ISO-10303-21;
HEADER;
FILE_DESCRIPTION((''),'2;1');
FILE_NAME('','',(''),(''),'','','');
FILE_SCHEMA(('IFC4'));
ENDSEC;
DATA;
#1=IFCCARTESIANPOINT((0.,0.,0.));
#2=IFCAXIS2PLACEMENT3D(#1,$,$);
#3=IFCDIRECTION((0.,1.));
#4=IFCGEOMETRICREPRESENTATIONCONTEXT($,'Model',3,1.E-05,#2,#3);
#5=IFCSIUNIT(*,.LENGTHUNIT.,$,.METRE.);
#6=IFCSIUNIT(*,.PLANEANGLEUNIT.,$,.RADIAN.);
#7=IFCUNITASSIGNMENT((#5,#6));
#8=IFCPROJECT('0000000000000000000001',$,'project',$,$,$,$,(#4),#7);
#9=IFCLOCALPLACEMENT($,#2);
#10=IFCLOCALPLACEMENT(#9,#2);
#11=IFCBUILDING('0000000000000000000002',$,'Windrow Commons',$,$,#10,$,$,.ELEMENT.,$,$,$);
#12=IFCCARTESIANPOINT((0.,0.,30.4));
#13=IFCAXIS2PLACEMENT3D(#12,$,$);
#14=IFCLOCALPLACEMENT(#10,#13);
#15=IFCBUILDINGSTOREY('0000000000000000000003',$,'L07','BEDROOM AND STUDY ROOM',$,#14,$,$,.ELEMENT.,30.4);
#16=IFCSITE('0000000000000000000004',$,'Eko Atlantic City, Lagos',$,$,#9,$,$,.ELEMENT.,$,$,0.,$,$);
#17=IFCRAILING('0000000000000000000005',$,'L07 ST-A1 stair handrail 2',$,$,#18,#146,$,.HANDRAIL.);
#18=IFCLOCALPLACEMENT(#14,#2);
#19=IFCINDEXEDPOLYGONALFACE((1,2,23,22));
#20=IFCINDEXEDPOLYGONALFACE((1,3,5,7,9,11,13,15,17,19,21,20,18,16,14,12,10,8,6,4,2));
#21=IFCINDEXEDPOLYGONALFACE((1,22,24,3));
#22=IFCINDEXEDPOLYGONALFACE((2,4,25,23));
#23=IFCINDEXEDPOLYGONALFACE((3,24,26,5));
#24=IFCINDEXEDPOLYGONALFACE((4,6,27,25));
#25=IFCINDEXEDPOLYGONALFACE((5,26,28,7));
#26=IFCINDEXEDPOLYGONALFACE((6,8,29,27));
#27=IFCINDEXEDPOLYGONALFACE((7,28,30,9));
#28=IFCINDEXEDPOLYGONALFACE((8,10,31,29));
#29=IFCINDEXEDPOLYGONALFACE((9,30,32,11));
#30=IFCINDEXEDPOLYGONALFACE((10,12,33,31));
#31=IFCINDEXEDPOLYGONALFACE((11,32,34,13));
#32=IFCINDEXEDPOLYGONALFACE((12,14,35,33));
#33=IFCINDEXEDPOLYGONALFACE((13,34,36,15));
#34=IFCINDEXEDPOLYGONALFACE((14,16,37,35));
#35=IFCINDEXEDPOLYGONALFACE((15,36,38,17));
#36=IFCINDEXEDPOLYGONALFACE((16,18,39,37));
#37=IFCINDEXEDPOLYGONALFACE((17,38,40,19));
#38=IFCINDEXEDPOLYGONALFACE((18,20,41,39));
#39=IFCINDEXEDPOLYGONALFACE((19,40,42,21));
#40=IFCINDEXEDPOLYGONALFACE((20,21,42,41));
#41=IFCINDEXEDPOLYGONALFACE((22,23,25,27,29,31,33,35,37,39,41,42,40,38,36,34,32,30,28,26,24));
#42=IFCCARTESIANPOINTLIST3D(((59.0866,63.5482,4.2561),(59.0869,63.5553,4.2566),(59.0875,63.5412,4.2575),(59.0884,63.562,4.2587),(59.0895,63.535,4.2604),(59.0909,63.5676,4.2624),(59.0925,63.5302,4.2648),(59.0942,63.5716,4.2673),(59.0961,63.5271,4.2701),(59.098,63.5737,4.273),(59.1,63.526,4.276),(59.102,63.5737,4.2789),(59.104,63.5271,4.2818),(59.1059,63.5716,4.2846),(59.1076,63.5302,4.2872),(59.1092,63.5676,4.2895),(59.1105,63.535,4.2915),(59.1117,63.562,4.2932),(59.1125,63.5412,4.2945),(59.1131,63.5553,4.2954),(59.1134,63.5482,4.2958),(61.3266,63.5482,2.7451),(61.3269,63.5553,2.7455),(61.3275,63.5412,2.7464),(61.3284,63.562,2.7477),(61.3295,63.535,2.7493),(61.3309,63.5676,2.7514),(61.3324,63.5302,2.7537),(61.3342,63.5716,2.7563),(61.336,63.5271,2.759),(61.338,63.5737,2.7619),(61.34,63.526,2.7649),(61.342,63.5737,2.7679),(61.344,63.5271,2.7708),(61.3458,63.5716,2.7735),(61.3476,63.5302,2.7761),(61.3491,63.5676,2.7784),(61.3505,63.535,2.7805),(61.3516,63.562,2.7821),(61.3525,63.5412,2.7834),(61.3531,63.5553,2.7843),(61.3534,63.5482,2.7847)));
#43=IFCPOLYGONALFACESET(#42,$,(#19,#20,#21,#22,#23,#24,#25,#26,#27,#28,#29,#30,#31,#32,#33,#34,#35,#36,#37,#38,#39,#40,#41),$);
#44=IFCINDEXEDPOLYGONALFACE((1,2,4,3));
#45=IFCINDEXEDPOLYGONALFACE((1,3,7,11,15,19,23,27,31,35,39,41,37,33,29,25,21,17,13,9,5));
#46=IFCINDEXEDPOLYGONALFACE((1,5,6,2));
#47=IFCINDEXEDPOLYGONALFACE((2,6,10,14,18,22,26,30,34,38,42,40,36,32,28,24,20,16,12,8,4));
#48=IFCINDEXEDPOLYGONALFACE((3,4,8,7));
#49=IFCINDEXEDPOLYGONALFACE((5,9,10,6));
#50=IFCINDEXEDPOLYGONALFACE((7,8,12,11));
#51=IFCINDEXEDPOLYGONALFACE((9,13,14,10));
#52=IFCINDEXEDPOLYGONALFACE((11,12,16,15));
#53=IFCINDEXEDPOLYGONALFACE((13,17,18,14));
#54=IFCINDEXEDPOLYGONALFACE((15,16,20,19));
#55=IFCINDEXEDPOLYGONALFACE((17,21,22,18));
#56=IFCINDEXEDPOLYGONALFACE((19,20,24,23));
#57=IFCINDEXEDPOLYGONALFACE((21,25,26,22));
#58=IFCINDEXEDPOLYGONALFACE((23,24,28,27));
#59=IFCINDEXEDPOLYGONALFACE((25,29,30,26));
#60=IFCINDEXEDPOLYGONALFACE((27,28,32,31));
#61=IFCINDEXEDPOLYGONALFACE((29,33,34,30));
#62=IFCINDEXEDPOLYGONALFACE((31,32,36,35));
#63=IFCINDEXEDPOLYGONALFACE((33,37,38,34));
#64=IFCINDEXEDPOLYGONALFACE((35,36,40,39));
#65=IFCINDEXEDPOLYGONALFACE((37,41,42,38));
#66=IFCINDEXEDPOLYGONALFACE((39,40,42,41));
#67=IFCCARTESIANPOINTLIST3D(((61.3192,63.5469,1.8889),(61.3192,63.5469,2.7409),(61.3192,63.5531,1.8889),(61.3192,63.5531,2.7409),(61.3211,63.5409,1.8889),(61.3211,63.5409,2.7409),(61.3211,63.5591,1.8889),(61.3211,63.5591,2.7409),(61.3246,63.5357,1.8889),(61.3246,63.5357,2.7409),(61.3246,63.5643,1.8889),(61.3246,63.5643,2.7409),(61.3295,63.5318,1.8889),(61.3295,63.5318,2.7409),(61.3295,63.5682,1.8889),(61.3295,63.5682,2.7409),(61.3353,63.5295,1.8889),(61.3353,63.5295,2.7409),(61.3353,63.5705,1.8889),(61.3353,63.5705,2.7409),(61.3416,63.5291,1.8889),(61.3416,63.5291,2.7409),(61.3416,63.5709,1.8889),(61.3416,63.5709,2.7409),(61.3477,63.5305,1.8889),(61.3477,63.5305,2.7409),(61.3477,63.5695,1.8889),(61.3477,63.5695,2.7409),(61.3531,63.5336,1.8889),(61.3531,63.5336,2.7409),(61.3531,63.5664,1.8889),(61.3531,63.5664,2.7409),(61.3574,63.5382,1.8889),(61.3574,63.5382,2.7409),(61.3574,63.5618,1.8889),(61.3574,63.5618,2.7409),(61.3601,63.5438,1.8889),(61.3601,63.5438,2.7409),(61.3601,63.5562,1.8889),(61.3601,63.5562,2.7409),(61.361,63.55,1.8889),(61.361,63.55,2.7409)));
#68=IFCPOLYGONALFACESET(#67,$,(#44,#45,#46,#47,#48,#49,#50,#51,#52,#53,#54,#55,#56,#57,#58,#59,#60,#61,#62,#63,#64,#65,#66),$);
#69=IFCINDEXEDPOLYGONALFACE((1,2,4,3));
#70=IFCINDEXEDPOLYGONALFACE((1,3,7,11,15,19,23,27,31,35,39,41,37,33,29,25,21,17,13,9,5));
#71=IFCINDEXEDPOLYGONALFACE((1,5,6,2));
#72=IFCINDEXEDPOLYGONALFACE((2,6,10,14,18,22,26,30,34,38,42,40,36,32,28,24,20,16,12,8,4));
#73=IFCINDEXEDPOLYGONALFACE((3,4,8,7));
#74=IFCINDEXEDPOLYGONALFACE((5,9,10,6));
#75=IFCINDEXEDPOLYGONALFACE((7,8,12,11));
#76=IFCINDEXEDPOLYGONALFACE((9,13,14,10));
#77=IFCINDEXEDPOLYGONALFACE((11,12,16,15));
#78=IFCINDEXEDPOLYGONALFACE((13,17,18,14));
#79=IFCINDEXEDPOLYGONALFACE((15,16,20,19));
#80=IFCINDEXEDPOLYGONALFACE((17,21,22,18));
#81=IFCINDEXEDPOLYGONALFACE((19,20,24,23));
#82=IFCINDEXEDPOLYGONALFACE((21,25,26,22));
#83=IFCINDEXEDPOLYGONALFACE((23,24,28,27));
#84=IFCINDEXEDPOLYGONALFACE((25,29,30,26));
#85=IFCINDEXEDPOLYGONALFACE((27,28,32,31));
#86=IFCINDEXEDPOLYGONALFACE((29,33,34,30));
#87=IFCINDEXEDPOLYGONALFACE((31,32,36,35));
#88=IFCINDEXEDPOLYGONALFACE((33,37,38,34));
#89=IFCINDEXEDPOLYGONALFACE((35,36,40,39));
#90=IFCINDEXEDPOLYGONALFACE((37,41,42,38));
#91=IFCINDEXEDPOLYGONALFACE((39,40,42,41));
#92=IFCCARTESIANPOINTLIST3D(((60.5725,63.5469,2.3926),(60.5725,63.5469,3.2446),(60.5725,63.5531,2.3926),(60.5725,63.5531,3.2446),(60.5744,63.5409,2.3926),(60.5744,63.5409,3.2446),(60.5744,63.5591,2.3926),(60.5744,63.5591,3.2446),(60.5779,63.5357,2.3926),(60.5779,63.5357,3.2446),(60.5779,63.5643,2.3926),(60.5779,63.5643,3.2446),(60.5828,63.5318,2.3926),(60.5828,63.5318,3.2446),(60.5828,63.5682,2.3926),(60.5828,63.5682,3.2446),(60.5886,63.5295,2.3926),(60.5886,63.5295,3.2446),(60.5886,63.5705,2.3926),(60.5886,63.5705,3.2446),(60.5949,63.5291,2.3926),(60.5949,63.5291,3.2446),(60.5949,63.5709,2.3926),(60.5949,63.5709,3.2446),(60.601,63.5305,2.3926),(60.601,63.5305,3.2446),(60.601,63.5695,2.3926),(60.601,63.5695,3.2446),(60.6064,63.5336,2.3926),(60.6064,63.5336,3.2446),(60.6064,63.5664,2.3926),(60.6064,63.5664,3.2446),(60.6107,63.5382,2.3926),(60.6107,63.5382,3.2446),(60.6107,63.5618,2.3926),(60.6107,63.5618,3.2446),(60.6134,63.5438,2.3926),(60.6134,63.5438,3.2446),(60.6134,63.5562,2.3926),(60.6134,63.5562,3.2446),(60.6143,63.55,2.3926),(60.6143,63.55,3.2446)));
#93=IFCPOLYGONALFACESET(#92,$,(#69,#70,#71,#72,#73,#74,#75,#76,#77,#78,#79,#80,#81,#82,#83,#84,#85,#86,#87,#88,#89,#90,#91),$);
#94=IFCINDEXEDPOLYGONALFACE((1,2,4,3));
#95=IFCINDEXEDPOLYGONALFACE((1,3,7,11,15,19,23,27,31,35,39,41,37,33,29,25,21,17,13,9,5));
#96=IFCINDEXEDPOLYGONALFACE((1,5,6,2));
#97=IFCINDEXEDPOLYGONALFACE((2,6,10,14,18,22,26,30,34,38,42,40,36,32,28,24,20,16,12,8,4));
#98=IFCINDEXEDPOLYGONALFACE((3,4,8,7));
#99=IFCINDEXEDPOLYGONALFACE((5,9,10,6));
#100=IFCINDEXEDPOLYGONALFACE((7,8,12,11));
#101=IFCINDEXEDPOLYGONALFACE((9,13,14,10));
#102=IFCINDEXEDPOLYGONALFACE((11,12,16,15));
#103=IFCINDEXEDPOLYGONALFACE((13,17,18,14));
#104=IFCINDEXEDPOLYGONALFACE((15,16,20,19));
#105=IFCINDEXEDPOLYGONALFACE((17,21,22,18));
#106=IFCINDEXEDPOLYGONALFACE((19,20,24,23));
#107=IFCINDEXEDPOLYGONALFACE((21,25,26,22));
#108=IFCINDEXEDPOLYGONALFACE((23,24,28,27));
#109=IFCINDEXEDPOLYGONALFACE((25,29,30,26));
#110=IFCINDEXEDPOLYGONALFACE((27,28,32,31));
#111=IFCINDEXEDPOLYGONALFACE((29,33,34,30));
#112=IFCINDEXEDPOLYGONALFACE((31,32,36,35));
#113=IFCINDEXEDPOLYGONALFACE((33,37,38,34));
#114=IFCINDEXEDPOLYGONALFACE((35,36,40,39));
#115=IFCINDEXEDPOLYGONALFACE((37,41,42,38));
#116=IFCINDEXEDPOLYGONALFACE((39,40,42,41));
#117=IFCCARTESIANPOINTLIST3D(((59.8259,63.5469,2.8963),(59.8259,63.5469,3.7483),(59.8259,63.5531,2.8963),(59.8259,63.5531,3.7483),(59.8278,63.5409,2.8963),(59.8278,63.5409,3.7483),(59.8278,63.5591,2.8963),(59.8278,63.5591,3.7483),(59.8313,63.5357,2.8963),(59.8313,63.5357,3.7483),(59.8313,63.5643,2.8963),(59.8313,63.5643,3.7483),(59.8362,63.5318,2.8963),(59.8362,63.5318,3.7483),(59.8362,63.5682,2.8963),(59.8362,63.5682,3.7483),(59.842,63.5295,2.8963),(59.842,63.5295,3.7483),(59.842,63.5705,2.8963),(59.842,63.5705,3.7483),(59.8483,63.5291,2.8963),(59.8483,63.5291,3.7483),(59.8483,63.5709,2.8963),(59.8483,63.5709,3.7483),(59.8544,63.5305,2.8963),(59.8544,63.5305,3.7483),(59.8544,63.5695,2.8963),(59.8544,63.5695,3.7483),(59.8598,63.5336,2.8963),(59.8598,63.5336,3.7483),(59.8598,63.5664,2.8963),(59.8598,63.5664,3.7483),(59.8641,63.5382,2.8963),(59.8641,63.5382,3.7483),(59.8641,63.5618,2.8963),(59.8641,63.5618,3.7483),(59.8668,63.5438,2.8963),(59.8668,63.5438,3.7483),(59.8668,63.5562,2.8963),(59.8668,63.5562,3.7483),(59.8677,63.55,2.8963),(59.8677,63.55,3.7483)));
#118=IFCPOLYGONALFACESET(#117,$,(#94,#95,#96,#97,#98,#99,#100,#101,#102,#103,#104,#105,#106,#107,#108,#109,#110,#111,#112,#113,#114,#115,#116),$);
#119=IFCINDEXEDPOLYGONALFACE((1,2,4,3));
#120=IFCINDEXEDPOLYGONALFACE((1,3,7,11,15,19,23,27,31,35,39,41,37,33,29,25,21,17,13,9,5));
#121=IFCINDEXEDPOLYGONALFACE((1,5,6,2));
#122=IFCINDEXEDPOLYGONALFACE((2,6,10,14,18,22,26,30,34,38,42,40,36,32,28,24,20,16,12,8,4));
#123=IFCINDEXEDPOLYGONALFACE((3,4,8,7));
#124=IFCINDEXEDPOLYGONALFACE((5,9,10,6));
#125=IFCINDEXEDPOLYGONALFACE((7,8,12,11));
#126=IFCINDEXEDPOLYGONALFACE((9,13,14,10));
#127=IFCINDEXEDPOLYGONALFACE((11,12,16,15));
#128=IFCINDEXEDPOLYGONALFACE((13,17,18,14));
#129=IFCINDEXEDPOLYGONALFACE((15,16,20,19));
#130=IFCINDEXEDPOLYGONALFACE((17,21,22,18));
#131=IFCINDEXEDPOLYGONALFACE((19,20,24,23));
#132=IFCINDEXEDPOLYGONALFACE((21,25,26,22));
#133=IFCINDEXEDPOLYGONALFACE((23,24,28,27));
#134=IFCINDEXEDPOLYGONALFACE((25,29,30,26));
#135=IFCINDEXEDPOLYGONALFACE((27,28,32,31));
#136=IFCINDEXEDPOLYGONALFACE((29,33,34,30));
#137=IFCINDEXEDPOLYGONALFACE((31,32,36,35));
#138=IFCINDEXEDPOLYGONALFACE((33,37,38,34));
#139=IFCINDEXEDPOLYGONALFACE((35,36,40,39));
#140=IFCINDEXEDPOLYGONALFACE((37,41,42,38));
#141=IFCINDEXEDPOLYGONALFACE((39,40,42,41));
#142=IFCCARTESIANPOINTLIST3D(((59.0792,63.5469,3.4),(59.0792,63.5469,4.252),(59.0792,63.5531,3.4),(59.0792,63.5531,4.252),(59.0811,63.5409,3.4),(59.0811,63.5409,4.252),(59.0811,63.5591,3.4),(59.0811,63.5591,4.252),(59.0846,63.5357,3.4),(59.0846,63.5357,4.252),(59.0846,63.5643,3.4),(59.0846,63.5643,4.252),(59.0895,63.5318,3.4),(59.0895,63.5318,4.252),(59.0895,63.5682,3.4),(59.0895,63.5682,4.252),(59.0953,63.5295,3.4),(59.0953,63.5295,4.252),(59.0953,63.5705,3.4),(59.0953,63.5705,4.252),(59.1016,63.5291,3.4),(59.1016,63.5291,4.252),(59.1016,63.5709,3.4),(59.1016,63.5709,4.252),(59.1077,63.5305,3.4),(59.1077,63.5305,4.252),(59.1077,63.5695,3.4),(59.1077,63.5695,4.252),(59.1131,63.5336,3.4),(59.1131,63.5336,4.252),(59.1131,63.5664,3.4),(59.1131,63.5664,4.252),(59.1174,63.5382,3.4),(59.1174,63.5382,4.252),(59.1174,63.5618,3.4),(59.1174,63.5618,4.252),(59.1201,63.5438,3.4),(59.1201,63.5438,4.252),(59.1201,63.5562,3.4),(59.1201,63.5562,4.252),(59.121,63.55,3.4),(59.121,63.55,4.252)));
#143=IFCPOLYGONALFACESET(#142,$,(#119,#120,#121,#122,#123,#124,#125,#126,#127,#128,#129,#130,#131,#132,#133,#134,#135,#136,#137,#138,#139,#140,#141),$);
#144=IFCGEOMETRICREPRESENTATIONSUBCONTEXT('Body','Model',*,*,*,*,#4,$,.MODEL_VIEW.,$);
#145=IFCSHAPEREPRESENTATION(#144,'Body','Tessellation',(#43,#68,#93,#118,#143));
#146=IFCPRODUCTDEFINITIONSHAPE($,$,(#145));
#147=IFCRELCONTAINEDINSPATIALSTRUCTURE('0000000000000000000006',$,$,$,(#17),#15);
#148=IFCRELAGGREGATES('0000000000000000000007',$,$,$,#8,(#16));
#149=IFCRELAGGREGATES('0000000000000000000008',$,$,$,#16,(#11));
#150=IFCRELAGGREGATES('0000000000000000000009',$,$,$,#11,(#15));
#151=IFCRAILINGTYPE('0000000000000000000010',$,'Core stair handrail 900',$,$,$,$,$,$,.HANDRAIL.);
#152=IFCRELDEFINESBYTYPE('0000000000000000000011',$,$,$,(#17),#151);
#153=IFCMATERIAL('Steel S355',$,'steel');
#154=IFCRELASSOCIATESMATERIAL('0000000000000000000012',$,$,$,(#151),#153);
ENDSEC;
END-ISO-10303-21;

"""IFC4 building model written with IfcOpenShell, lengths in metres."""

from ifc_helpers import new_model, si_unit, direction, frame, origin, origin_2d, place, context, subcontext, project, spatial, circle, extrude, material, type_object, element, save


model = new_model("IFC4")

# Units and contexts
model_context = context("Model", 3, precision=1e-05, world=origin(), true_north=direction((0.0, 1.0)))
body_context = subcontext(model_context, "Body", "Model", "MODEL_VIEW")
ifc_project = project(units=[si_unit("LENGTHUNIT", "METRE"), si_unit("PLANEANGLEUNIT", "RADIAN")], contexts=[model_context])

# Site, building, storey
site_placement = place(None, origin())
site = spatial("IfcSite", under=ifc_project, at=site_placement, Name="Eko Atlantic City, Lagos", CompositionType="ELEMENT", RefElevation=0.0)
building_placement = place(site_placement, origin())
building = spatial("IfcBuilding", under=site, at=building_placement, Name="Windrow Commons", CompositionType="ELEMENT")
storey_placement = place(building_placement, frame((0.0, 0.0, 30.4)))
storey = spatial("IfcBuildingStorey", under=building, at=storey_placement, Name="L07", Description="BEDROOM AND STUDY ROOM", CompositionType="ELEMENT", Elevation=30.4)

# Railing
ifc_material_1 = material(Name="Steel S355", Category="steel")
railing_type_1 = type_object("IfcRailingType", Name="Core stair handrail 900", PredefinedType="HANDRAIL", material=ifc_material_1)
railing_1_placement = place(storey_placement, frame((61.34, 63.55, 1.8889)))
element("IfcRailing", 1, at=railing_1_placement, inside=storey, type_object=railing_type_1, Name="L07 ST-A1 stair handrail 2", PredefinedType="HANDRAIL", context=body_context, shape_type="SweptSolid", body=[
    extrude(circle(Radius=0.024, at=origin_2d()), frame((0.0, 0.0, 0.876), z_axis=(-0.829003, 0.0, 0.559244), x_axis=(0.0, -1.0, 0.0)), (0.0, 0.0, 1.0), 2.702),
    extrude(circle(Radius=0.021, at=origin_2d()), origin(), (0.0, 0.0, 1.0), 0.852),
    extrude(circle(Radius=0.021, at=origin_2d()), frame((-0.7467, 0.0, 0.5037)), (0.0, 0.0, 1.0), 0.852),
    extrude(circle(Radius=0.021, at=origin_2d()), frame((-1.4933, 0.0, 1.0074)), (0.0, 0.0, 1.0), 0.852),
    extrude(circle(Radius=0.021, at=origin_2d()), frame((-2.24, 0.0, 1.5111)), (0.0, 0.0, 1.0), 0.852),
])

save(model, "model.ifc")
